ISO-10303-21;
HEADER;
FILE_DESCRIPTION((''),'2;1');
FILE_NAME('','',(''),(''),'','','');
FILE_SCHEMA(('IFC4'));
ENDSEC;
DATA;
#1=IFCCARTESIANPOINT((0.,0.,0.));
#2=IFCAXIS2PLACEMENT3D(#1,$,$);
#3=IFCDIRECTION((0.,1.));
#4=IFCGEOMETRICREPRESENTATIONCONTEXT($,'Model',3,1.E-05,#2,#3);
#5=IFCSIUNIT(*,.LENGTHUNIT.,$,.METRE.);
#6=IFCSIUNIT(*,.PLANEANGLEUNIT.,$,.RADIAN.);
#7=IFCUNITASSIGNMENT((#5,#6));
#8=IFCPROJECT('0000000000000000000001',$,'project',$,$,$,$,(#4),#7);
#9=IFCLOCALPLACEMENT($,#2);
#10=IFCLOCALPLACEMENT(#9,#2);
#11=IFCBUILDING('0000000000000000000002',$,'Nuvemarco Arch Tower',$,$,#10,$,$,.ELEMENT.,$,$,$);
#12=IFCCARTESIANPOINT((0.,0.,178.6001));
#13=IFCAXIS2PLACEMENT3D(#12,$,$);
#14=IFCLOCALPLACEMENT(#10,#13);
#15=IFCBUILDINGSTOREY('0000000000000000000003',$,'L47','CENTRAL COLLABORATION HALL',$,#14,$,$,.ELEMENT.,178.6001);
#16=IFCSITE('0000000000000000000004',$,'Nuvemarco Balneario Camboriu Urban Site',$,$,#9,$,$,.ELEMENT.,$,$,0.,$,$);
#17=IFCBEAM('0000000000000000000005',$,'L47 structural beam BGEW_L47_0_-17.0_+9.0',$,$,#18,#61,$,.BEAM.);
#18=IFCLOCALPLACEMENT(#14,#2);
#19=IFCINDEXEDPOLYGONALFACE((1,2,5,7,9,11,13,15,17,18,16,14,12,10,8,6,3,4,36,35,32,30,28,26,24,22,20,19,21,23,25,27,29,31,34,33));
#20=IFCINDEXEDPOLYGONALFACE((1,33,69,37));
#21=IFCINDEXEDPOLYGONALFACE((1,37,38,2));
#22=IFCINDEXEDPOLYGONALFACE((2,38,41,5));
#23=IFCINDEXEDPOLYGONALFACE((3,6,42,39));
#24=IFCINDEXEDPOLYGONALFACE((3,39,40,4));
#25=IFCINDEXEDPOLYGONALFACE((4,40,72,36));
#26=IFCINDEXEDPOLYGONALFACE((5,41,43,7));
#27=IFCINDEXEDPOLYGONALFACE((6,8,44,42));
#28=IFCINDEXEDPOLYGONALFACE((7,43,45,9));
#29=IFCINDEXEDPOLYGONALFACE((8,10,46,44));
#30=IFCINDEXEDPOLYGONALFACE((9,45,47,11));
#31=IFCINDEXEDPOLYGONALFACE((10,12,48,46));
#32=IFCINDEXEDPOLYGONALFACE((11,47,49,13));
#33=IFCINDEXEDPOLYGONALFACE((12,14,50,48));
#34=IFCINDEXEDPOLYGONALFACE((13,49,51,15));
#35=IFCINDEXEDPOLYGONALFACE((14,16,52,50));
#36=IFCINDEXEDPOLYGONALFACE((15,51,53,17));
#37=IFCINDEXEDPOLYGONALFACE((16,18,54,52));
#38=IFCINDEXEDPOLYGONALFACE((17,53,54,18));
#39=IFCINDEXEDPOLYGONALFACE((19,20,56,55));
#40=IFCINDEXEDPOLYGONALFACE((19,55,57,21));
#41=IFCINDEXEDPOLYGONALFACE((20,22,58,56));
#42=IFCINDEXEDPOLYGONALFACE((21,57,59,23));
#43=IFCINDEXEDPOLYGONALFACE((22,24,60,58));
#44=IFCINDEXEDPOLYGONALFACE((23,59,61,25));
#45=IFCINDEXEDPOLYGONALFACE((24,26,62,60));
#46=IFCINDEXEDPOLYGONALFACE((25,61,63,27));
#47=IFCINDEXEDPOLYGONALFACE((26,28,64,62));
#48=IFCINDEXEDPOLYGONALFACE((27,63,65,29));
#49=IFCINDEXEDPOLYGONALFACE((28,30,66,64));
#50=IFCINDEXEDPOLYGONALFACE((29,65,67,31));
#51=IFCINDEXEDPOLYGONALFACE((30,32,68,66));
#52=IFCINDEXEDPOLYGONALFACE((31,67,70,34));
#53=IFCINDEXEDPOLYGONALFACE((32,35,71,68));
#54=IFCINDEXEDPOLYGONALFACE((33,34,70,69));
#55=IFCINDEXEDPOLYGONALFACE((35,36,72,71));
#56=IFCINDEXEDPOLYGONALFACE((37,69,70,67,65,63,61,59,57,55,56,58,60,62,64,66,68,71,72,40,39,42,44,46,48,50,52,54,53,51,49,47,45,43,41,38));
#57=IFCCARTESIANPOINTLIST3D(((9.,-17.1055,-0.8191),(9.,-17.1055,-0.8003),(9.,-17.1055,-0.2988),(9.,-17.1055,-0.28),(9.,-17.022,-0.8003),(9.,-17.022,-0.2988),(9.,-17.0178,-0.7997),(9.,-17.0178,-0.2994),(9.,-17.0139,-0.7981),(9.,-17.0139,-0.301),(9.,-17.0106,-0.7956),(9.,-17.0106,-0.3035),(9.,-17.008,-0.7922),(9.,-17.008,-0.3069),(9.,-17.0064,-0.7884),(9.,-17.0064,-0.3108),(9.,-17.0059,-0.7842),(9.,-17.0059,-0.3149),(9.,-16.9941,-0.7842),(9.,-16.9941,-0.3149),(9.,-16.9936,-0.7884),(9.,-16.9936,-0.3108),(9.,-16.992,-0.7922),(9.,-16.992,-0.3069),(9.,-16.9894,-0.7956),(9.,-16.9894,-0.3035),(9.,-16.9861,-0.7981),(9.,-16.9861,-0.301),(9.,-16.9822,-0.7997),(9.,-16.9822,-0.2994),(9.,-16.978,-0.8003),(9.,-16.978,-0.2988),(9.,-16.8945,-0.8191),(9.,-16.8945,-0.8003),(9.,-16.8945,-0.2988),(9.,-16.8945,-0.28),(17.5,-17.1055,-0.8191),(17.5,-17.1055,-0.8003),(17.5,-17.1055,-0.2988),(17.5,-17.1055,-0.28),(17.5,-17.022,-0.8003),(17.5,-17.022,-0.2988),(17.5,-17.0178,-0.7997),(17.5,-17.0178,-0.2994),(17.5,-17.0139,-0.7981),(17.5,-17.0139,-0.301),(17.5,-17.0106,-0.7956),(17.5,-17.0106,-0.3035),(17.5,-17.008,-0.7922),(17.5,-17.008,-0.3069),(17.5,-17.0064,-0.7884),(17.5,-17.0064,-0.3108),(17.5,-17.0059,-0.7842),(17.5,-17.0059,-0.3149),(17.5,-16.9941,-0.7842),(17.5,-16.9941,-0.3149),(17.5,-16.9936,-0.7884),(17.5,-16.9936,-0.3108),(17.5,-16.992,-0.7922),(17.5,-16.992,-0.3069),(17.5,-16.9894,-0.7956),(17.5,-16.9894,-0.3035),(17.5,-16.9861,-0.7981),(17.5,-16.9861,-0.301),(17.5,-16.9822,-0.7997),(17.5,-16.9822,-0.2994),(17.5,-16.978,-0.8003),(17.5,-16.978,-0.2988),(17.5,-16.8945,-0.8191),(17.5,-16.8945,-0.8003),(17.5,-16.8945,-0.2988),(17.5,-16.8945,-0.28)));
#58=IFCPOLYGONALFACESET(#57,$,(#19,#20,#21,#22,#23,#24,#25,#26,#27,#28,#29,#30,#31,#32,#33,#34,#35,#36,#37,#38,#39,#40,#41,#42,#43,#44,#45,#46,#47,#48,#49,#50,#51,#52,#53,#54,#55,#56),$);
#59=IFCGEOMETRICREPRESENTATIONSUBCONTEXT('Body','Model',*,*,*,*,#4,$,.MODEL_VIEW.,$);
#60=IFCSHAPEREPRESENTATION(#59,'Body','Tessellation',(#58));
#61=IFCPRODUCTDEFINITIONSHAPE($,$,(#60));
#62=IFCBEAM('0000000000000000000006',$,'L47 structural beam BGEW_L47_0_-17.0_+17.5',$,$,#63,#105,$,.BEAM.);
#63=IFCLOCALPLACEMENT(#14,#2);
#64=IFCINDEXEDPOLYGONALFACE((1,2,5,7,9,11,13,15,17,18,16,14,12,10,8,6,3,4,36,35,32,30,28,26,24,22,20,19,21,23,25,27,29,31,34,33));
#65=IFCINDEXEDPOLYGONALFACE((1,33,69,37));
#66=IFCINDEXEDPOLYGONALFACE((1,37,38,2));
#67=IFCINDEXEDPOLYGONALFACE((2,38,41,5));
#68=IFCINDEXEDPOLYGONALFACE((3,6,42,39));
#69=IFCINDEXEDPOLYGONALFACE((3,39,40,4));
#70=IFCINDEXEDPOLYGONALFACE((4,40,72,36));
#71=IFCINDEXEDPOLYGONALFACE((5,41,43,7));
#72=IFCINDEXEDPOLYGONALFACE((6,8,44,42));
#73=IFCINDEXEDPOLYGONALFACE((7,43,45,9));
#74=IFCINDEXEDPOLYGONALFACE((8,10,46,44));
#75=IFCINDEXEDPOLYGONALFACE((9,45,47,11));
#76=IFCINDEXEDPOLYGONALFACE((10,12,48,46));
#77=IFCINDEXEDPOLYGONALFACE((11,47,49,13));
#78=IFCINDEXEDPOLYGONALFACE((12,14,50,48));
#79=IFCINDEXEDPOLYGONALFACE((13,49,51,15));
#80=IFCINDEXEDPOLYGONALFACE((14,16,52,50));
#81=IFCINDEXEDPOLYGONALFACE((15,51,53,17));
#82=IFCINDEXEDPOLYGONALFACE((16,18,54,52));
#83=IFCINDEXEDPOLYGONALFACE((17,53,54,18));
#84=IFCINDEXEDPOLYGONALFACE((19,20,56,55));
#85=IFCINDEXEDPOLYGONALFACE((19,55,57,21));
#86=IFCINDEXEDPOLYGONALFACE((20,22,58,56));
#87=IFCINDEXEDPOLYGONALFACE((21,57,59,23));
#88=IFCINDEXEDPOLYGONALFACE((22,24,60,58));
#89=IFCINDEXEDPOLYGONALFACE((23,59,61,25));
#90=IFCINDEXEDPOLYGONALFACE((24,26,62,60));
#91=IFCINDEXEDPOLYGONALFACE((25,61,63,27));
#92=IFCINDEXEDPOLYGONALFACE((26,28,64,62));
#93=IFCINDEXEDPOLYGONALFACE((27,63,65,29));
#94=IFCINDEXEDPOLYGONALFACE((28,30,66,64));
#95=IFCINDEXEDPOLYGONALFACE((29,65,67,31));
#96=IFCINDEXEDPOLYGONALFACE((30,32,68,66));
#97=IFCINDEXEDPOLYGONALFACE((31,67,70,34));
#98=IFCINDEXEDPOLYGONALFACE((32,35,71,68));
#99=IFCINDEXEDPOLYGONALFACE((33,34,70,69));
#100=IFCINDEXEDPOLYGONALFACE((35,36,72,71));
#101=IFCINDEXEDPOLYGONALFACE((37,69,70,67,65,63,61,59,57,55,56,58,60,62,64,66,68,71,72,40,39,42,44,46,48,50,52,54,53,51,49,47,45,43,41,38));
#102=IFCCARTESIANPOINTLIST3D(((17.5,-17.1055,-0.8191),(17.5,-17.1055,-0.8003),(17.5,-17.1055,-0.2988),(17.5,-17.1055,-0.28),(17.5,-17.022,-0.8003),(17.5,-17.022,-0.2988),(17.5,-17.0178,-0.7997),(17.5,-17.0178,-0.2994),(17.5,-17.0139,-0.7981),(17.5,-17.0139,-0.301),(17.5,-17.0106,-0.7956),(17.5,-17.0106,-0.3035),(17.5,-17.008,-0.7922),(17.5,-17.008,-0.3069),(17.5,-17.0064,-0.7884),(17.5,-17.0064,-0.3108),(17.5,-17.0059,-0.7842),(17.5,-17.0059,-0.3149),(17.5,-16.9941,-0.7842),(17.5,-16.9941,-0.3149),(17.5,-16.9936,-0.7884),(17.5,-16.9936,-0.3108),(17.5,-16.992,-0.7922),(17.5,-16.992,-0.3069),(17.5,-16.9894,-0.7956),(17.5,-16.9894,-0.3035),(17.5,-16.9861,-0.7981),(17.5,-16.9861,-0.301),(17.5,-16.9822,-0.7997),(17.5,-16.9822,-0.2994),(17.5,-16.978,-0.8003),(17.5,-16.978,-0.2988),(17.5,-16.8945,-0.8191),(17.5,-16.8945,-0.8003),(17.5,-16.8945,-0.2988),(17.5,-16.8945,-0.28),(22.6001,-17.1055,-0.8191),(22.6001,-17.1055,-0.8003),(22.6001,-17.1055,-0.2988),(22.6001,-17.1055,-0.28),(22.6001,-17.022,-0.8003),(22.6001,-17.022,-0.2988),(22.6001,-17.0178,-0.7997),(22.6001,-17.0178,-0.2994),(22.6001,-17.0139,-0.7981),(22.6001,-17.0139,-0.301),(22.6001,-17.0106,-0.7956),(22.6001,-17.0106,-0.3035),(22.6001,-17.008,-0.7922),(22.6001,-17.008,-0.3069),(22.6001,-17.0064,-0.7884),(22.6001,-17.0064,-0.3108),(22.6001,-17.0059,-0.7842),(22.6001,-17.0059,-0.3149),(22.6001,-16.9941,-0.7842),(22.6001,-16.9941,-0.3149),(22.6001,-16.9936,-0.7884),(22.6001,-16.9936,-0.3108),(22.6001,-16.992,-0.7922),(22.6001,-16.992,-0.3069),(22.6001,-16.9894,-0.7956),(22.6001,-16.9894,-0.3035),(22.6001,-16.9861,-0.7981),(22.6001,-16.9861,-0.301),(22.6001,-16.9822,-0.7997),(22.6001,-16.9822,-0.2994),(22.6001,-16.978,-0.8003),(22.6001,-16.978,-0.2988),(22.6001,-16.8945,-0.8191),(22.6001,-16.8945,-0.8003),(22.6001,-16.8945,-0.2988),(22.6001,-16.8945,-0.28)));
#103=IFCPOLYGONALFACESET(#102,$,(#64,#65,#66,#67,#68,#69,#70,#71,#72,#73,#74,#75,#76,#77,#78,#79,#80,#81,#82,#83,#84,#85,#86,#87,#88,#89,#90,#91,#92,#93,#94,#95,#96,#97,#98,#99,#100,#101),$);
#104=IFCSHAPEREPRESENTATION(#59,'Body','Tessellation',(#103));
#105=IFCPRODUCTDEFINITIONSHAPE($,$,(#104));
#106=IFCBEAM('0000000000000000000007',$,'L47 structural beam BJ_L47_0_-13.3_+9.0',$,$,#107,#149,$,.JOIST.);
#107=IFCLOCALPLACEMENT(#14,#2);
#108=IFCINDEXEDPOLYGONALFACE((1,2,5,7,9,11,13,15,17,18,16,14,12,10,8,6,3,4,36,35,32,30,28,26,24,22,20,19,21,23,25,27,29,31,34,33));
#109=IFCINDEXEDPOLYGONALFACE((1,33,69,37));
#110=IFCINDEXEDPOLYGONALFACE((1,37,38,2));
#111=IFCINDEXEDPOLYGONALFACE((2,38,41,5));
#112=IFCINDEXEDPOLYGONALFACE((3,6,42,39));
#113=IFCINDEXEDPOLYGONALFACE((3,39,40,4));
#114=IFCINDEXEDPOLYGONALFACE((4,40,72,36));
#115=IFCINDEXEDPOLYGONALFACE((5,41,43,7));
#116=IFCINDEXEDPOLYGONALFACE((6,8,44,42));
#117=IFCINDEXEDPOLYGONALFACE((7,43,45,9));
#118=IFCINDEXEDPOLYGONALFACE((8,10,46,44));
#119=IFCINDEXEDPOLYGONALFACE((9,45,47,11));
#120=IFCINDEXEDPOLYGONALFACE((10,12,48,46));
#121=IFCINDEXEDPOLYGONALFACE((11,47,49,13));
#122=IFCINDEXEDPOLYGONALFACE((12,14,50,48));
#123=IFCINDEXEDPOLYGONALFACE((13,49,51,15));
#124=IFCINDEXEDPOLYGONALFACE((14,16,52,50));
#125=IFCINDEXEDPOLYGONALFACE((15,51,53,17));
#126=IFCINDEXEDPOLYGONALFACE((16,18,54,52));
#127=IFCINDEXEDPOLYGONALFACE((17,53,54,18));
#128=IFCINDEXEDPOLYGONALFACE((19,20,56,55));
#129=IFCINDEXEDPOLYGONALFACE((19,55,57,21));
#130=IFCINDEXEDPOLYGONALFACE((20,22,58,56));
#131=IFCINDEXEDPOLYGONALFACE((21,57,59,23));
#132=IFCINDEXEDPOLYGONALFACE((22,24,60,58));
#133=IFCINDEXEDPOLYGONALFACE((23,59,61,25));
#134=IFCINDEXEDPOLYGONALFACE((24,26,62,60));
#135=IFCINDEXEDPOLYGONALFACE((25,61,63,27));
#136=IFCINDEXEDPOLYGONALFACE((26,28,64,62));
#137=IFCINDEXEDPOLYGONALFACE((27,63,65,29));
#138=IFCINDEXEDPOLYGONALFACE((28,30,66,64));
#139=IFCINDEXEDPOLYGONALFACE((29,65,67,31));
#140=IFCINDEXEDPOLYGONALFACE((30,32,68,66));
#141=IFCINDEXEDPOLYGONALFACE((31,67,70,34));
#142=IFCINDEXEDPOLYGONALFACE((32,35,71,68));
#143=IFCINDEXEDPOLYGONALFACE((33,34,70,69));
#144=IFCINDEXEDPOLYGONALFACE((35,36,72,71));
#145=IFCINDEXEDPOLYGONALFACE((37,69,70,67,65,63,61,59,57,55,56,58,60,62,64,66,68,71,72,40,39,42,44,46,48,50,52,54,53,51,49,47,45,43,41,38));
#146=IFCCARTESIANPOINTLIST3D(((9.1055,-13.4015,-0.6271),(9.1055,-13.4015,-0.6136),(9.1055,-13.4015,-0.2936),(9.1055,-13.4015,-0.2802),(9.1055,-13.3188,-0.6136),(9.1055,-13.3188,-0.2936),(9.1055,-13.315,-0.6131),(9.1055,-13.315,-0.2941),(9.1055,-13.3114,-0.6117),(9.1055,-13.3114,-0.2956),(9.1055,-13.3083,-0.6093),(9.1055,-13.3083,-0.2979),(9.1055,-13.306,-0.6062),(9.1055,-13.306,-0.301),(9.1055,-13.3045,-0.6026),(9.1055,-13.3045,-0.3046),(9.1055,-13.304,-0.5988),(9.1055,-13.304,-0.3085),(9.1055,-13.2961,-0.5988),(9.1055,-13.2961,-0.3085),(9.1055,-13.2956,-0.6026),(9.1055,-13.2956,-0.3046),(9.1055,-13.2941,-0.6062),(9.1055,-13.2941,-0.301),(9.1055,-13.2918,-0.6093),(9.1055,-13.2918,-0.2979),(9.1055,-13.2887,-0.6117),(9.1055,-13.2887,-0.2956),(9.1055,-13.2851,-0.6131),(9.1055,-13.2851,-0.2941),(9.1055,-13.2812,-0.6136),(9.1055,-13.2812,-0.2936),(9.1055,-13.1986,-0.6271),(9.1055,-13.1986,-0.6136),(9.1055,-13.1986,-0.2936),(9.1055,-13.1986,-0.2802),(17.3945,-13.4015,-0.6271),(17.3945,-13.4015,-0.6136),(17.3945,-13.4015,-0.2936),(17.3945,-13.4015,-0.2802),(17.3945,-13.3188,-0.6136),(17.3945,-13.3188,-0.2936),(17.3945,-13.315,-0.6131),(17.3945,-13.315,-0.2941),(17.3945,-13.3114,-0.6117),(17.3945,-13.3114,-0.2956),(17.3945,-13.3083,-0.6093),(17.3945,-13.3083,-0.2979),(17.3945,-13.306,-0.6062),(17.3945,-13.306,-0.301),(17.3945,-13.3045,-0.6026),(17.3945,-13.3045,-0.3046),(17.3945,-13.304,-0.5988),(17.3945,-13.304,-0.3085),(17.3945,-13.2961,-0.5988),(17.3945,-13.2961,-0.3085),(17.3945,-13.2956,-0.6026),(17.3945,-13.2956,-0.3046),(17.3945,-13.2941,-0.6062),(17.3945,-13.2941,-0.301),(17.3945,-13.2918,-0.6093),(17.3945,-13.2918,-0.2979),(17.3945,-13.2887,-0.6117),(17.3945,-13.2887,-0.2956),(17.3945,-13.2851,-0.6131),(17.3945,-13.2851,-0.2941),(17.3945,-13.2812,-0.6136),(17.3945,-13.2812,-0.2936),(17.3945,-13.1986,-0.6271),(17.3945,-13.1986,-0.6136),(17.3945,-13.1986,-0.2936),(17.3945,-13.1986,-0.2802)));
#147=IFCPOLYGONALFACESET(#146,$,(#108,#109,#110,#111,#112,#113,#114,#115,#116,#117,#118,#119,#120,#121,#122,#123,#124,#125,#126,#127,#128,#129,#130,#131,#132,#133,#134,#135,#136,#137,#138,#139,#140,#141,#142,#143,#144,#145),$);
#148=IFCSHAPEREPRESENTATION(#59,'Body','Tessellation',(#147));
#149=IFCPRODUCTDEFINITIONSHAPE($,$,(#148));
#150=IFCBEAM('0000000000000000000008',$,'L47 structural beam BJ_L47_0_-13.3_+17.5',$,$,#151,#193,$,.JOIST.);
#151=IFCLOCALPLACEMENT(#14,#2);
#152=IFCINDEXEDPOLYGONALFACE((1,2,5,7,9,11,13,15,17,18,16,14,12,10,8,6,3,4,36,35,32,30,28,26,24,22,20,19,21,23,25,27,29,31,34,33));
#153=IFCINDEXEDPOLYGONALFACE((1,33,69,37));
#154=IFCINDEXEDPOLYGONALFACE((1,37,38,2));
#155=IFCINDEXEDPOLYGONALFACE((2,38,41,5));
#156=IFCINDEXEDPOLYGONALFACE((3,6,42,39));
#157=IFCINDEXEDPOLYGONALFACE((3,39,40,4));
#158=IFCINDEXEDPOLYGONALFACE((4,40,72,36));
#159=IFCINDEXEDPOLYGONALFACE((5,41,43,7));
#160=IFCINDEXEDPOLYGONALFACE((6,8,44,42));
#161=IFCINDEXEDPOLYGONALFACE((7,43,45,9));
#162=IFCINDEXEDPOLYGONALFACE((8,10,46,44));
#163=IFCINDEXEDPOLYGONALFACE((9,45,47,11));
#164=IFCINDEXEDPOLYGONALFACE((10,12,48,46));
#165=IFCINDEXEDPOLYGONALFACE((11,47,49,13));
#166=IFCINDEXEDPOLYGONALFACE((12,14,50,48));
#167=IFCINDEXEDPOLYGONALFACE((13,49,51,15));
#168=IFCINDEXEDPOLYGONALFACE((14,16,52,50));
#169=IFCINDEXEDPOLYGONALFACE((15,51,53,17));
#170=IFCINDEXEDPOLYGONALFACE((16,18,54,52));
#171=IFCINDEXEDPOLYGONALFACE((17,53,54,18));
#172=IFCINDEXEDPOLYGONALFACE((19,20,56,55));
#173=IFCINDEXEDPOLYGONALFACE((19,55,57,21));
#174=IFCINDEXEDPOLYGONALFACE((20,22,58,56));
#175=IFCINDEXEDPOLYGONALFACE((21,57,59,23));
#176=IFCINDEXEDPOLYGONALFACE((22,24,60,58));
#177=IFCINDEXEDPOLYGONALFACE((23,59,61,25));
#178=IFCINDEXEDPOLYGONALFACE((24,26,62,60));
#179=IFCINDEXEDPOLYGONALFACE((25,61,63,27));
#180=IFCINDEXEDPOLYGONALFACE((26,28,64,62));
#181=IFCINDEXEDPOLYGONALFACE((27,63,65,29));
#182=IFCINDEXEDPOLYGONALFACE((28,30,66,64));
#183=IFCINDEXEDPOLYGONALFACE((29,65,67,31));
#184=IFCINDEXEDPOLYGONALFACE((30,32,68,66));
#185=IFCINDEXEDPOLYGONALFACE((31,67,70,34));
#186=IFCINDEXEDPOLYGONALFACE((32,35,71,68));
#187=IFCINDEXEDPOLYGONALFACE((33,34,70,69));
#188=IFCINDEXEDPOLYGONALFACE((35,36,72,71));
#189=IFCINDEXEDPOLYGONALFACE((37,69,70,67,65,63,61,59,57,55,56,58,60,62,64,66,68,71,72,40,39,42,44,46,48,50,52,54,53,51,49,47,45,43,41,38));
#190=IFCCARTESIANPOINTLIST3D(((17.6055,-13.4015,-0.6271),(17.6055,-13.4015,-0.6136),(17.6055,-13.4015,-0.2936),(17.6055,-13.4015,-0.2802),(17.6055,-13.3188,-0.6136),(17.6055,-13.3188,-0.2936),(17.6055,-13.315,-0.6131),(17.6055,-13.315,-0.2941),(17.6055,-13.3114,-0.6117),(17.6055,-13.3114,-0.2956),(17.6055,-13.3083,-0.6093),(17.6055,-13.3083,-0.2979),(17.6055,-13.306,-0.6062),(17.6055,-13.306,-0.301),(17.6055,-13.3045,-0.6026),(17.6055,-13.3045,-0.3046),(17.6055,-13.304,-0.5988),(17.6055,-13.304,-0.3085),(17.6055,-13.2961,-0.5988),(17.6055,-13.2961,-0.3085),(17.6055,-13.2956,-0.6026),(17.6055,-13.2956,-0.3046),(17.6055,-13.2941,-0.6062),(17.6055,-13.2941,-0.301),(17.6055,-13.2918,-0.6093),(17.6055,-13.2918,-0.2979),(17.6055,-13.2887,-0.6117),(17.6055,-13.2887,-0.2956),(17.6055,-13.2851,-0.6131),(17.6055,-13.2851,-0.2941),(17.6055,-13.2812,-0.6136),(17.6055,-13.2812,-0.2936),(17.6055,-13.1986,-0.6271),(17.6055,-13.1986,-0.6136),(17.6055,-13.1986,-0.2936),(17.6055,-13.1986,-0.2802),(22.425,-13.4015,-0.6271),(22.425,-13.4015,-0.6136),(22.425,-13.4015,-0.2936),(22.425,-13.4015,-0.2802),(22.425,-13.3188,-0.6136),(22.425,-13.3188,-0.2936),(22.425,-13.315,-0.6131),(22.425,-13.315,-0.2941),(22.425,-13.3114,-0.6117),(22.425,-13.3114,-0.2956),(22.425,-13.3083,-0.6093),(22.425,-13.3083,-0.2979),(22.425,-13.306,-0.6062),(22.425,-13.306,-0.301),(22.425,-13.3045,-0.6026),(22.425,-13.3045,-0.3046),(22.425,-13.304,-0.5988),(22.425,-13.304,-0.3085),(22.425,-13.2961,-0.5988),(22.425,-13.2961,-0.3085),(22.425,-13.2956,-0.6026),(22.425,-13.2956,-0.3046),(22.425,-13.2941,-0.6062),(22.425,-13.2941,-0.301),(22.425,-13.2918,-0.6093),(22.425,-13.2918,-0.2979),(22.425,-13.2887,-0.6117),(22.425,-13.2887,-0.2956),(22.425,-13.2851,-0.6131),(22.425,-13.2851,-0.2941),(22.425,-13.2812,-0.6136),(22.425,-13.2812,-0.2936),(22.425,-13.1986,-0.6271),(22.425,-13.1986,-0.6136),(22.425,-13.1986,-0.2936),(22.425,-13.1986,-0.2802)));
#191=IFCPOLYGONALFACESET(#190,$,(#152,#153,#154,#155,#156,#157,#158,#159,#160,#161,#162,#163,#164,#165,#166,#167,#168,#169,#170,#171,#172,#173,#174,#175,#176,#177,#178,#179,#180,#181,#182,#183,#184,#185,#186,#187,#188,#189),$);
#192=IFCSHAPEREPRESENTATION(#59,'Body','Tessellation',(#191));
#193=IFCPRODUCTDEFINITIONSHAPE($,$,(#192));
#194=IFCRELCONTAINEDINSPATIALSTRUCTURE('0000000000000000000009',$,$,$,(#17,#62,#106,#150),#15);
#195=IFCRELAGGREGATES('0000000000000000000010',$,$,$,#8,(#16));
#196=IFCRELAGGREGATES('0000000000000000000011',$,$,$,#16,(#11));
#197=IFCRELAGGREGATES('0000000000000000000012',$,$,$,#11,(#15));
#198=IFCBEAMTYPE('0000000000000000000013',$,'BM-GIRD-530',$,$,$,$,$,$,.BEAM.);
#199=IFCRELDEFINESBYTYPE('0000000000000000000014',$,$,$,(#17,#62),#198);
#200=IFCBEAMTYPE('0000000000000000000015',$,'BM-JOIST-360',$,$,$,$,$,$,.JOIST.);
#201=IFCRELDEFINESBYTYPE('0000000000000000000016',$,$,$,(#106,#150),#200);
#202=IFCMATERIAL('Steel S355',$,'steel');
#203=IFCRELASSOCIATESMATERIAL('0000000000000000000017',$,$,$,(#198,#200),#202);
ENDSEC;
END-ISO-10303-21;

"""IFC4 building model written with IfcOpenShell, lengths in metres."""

from ifc_helpers import new_model, si_unit, direction, frame, origin, origin_2d, place, context, subcontext, project, spatial, i_section, extrude, material, material_profile, profile_set, type_object, element, save


model = new_model("IFC4")

# Units and contexts
model_context = context("Model", 3, precision=1e-05, world=origin(), true_north=direction((0.0, 1.0)))
body_context = subcontext(model_context, "Body", "Model", "MODEL_VIEW")
ifc_project = project(units=[si_unit("LENGTHUNIT", "METRE"), si_unit("PLANEANGLEUNIT", "RADIAN")], contexts=[model_context])

# Site, building, storey
site_placement = place(None, origin())
site = spatial("IfcSite", under=ifc_project, at=site_placement, Name="Nuvemarco Balneario Camboriu Urban Site", CompositionType="ELEMENT", RefElevation=0.0)
building_placement = place(site_placement, origin())
building = spatial("IfcBuilding", under=site, at=building_placement, Name="Nuvemarco Arch Tower", CompositionType="ELEMENT")
storey_placement = place(building_placement, frame((0.0, 0.0, 178.6001)))
storey = spatial("IfcBuildingStorey", under=building, at=storey_placement, Name="L47", Description="CENTRAL COLLABORATION HALL", CompositionType="ELEMENT", Elevation=178.6001)

# Shared definitions
ifc_material_1 = material(Name="Steel S355", Category="steel")

# Beams
ifc_material_profile_1 = material_profile(ifc_material_1, i_section(OverallWidth=0.2109, OverallDepth=0.5391, WebThickness=0.0117, FlangeThickness=0.0188, FilletRadius=0.0161, at=origin_2d()), Name="W530x109")
ifc_profile_set_1 = profile_set([ifc_material_profile_1], Name="Steel S355")
beam_type_1 = type_object("IfcBeamType", Name="BM-GIRD-530", PredefinedType="BEAM", material=ifc_profile_set_1)
beam_1_placement = place(storey_placement, frame((9.0, -17.0, -0.5496), z_axis=(1.0, 0.0, 0.0), x_axis=(0.0, 1.0, 0.0)))
element("IfcBeam", 1, at=beam_1_placement, inside=storey, type_object=beam_type_1, Name="L47 structural beam BGEW_L47_0_-17.0_+9.0", PredefinedType="BEAM", context=body_context, shape_type="SweptSolid", body=[
    extrude(i_section(OverallWidth=0.2109, OverallDepth=0.5391, WebThickness=0.0117, FlangeThickness=0.0188, FilletRadius=0.0161, at=origin_2d()), origin(), (0.0, 0.0, 1.0), 8.5),
])
beam_2_placement = place(storey_placement, frame((17.5, -17.0, -0.5496), z_axis=(1.0, 0.0, 0.0), x_axis=(0.0, 1.0, 0.0)))
element("IfcBeam", 2, at=beam_2_placement, inside=storey, type_object=beam_type_1, Name="L47 structural beam BGEW_L47_0_-17.0_+17.5", PredefinedType="BEAM", context=body_context, shape_type="SweptSolid", body=[
    extrude(i_section(OverallWidth=0.2109, OverallDepth=0.5391, WebThickness=0.0117, FlangeThickness=0.0188, FilletRadius=0.0161, at=origin_2d()), origin(), (0.0, 0.0, 1.0), 5.1001),
])
ifc_material_profile_2 = material_profile(ifc_material_1, i_section(OverallWidth=0.2029, OverallDepth=0.3469, WebThickness=0.0078, FlangeThickness=0.0134, FilletRadius=0.0149, at=origin_2d()), Name="W360x64")
ifc_profile_set_2 = profile_set([ifc_material_profile_2], Name="Steel S355")
beam_type_2 = type_object("IfcBeamType", Name="BM-JOIST-360", PredefinedType="JOIST", material=ifc_profile_set_2)
beam_3_placement = place(storey_placement, frame((9.1055, -13.3, -0.4536), z_axis=(1.0, 0.0, 0.0), x_axis=(0.0, 1.0, 0.0)))
element("IfcBeam", 3, at=beam_3_placement, inside=storey, type_object=beam_type_2, Name="L47 structural beam BJ_L47_0_-13.3_+9.0", PredefinedType="JOIST", context=body_context, shape_type="SweptSolid", body=[
    extrude(i_section(OverallWidth=0.2029, OverallDepth=0.3469, WebThickness=0.0078, FlangeThickness=0.0134, FilletRadius=0.0149, at=origin_2d()), origin(), (0.0, 0.0, 1.0), 8.2891),
])
beam_4_placement = place(storey_placement, frame((17.6055, -13.3, -0.4536), z_axis=(1.0, 0.0, 0.0), x_axis=(0.0, 1.0, 0.0)))
element("IfcBeam", 4, at=beam_4_placement, inside=storey, type_object=beam_type_2, Name="L47 structural beam BJ_L47_0_-13.3_+17.5", PredefinedType="JOIST", context=body_context, shape_type="SweptSolid", body=[
    extrude(i_section(OverallWidth=0.2029, OverallDepth=0.3469, WebThickness=0.0078, FlangeThickness=0.0134, FilletRadius=0.0149, at=origin_2d()), origin(), (0.0, 0.0, 1.0), 4.8196),
])

save(model, "model.ifc")
